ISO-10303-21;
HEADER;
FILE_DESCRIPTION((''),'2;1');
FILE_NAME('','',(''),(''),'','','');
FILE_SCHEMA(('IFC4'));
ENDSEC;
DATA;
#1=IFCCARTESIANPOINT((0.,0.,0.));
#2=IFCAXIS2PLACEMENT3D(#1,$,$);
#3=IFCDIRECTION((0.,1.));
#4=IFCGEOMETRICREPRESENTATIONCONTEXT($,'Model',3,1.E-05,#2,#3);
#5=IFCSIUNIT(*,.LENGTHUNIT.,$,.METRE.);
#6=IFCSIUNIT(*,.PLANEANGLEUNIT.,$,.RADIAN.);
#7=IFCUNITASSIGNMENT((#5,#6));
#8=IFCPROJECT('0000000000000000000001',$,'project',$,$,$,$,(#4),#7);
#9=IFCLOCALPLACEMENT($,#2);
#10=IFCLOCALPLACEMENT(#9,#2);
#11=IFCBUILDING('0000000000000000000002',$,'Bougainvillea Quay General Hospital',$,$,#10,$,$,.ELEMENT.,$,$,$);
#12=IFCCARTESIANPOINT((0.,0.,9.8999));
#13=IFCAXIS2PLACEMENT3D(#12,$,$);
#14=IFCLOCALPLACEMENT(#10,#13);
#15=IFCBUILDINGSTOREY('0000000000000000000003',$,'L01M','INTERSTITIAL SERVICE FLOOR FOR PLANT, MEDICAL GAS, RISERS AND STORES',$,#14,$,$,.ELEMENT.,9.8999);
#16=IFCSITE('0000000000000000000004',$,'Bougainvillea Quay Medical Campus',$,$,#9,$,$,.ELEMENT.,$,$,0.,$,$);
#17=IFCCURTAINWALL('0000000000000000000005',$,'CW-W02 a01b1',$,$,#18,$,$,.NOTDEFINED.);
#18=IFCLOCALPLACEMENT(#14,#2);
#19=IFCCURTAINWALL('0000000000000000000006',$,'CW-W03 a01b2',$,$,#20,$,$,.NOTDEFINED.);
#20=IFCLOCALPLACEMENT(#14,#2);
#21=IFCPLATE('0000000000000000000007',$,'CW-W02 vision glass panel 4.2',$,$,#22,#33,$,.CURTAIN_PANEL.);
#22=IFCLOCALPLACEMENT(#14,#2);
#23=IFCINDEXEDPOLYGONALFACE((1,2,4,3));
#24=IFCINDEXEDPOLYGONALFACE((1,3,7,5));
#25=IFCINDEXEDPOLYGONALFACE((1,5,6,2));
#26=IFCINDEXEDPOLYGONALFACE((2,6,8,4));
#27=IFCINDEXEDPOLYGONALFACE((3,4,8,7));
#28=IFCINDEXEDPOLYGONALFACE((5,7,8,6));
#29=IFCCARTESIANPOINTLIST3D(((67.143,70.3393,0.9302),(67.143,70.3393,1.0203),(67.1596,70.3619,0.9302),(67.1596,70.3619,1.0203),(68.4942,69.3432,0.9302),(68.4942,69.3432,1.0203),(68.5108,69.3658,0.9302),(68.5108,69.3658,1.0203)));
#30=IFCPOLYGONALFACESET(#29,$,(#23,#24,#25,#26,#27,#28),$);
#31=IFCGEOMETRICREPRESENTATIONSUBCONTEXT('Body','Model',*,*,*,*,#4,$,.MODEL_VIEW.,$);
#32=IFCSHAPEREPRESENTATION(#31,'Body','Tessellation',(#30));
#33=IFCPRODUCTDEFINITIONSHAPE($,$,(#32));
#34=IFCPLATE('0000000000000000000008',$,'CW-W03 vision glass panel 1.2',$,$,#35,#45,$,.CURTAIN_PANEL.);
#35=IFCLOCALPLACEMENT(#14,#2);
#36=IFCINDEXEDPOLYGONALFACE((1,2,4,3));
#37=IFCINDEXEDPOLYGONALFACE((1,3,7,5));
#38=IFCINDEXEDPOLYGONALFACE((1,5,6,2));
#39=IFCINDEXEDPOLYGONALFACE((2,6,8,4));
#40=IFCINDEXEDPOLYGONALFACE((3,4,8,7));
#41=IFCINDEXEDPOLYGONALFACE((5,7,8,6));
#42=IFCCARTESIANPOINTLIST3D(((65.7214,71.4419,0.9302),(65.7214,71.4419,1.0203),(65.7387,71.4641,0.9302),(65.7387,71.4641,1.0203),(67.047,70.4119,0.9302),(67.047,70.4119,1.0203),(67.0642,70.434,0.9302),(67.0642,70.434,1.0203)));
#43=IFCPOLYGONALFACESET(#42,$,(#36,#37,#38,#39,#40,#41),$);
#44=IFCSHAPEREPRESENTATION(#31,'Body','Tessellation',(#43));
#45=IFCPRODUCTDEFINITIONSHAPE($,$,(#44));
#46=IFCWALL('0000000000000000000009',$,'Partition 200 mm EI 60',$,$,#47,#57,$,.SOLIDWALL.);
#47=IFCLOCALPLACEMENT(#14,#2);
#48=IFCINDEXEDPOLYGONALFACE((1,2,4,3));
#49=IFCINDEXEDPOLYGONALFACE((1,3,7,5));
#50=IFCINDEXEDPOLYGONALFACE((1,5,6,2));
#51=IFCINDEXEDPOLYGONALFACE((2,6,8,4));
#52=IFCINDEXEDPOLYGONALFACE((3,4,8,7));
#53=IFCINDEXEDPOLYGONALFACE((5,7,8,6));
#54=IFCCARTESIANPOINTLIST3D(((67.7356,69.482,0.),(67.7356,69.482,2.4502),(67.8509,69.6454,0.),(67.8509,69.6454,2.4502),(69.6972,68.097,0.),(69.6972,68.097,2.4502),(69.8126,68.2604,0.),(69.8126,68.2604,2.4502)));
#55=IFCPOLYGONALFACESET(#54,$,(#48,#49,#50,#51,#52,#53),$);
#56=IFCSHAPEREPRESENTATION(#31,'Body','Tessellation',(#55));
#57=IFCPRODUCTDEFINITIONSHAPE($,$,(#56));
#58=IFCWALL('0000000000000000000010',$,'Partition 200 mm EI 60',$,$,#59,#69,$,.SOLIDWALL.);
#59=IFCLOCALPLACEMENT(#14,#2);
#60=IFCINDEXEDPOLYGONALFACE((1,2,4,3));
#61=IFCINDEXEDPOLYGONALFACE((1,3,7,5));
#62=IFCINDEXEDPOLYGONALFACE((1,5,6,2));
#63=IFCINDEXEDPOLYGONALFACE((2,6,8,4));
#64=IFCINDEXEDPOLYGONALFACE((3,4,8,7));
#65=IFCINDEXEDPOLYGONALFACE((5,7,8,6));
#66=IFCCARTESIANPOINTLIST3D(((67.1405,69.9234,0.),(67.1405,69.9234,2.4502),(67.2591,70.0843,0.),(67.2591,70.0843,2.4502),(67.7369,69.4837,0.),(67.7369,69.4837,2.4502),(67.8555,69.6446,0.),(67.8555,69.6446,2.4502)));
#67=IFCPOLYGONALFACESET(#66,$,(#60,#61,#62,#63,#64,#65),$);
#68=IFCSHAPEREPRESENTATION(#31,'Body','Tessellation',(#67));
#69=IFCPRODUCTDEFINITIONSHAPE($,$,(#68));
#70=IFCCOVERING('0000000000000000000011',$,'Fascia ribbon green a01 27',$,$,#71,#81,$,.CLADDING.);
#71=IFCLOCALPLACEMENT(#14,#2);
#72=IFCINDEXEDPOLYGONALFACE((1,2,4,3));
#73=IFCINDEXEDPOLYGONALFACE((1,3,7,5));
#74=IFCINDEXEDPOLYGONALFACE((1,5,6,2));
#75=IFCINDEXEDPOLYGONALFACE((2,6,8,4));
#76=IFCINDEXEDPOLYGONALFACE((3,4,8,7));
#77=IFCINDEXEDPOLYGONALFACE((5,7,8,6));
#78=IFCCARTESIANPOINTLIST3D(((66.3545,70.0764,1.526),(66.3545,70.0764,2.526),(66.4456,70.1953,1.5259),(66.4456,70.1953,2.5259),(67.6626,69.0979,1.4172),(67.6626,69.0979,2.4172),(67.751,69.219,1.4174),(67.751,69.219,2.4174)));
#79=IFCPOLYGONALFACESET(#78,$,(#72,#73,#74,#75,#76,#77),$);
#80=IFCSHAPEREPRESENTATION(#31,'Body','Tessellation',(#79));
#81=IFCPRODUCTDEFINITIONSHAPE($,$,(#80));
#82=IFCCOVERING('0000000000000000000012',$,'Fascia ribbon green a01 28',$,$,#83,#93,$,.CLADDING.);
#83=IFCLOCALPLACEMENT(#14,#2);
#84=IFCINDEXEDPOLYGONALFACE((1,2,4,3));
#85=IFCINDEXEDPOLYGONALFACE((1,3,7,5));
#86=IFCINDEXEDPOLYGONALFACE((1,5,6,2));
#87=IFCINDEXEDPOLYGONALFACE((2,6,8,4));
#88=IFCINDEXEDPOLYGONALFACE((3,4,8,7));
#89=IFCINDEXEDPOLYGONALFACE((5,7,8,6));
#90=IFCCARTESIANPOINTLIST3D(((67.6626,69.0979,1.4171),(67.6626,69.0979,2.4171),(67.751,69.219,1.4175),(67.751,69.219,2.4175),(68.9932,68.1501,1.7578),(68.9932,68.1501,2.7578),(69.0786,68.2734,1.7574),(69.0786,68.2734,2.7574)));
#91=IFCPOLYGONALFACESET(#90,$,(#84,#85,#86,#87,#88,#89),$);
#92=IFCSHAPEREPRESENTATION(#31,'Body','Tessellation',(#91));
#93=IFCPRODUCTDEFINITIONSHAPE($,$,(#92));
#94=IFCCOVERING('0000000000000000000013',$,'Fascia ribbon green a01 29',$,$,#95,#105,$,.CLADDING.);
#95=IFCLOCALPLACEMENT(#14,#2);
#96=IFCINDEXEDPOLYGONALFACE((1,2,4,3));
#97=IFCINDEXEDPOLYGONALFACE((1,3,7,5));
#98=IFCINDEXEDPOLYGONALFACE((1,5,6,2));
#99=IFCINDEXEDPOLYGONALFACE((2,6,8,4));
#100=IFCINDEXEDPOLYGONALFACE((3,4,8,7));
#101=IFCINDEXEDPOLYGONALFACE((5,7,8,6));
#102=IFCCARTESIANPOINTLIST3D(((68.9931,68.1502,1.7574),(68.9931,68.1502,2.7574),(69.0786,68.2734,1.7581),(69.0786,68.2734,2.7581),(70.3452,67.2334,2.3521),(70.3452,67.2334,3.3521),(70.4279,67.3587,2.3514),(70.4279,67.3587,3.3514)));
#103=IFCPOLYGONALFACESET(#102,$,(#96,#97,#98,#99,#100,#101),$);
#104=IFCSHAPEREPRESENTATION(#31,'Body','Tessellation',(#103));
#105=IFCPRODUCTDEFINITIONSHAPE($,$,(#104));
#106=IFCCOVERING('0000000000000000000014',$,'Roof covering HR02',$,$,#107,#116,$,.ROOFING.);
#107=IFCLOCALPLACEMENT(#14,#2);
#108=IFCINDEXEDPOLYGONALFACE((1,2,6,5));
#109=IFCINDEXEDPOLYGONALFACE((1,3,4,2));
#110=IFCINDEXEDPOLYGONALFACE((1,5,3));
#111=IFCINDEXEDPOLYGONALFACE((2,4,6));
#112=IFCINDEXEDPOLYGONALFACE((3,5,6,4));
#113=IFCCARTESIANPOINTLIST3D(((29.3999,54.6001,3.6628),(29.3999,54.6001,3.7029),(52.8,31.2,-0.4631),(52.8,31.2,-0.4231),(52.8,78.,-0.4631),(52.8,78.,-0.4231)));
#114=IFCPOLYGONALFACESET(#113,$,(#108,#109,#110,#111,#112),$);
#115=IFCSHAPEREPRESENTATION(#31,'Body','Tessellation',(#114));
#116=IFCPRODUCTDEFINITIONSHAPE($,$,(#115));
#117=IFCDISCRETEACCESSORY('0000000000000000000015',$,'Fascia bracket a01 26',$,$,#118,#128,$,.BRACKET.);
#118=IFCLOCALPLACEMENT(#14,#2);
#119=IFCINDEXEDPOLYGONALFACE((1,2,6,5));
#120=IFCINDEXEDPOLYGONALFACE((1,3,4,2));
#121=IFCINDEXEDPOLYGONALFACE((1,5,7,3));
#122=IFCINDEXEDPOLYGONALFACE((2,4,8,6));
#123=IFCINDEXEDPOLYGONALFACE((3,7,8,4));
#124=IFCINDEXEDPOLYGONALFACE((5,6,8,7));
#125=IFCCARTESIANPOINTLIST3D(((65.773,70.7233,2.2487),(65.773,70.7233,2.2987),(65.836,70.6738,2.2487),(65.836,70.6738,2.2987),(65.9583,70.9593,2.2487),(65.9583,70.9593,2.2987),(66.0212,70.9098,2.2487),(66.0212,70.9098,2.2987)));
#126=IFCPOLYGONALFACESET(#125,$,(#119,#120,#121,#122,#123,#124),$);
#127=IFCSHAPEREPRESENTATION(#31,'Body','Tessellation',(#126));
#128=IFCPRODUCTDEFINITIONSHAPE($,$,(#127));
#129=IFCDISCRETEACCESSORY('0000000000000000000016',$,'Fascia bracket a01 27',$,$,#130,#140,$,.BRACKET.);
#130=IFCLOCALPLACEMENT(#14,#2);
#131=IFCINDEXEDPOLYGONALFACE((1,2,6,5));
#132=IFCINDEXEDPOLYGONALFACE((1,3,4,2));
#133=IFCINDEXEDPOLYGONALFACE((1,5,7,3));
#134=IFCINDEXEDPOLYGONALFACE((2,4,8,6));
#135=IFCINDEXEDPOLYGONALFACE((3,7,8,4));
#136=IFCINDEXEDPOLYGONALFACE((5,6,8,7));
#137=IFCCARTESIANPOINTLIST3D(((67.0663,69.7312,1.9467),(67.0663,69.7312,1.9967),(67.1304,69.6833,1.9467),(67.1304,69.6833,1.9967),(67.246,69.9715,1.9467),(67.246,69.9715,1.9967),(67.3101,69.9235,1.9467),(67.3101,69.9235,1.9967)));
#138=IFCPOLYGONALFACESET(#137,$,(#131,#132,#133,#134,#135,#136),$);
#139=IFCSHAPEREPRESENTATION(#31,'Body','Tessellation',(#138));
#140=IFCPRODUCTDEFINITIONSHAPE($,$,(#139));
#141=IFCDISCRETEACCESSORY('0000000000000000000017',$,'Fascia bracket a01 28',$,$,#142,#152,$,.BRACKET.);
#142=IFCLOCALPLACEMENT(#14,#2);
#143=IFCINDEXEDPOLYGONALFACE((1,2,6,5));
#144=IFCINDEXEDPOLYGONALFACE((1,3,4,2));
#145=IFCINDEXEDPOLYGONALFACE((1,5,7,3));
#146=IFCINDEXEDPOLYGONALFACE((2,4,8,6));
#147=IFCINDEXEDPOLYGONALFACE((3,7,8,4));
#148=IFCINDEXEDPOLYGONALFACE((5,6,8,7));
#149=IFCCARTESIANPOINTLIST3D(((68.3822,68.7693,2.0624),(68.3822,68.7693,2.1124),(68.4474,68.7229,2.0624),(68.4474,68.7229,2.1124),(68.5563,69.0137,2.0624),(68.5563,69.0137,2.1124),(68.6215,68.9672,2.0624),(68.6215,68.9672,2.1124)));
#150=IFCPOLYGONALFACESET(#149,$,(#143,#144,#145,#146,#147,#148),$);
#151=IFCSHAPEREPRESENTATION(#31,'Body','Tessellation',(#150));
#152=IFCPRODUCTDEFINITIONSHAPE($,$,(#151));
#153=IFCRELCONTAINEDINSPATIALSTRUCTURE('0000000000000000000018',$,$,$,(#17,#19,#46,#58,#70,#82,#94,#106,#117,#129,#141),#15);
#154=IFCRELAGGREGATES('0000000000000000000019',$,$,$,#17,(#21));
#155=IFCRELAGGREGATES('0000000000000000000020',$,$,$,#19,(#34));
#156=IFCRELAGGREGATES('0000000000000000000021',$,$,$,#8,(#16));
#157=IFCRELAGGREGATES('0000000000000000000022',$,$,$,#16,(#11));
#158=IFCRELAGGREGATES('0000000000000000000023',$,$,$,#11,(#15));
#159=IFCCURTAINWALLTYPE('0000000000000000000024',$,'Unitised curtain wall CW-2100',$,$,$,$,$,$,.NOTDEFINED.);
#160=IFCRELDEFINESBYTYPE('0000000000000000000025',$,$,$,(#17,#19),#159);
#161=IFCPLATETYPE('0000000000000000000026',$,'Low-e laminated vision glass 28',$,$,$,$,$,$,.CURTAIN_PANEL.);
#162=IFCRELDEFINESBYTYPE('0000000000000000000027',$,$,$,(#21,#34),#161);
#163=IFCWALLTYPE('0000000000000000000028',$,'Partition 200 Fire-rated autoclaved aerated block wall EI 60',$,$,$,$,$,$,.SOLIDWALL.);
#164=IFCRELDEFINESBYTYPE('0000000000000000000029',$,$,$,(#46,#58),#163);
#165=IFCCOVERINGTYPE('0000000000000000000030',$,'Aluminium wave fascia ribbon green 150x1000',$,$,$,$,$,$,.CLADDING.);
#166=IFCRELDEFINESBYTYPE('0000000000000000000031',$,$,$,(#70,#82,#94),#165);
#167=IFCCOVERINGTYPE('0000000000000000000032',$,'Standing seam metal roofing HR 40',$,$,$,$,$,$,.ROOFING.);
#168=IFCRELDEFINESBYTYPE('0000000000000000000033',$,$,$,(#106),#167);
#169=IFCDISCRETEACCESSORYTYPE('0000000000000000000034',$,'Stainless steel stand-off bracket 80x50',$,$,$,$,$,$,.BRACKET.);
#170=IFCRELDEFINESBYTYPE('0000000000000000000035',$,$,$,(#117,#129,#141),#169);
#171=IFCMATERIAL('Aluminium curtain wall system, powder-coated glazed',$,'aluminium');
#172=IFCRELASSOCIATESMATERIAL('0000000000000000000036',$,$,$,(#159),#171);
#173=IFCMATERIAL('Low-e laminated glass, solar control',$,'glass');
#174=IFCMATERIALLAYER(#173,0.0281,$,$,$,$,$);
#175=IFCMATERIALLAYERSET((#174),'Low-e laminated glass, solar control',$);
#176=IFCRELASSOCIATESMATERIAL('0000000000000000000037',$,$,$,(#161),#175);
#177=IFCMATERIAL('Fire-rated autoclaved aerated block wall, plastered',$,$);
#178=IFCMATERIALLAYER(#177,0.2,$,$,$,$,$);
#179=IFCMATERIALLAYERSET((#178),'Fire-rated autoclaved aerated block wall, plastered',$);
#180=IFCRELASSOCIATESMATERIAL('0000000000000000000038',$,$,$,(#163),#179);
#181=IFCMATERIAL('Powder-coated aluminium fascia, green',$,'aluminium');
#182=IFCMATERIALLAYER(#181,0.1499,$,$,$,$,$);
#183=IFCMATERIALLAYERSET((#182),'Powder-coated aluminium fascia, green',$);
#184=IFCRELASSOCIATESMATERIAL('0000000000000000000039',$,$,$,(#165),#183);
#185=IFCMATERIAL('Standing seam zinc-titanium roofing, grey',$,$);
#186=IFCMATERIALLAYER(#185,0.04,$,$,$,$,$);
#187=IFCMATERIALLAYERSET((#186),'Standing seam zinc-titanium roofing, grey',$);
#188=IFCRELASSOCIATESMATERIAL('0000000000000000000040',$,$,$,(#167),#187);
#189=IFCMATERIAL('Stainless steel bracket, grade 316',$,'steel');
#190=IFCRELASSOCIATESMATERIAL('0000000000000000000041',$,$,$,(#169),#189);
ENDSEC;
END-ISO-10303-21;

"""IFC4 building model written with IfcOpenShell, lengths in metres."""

from ifc_helpers import new_model, si_unit, direction, frame, frame_2d, origin, origin_2d, place, context, subcontext, project, spatial, polyline, rectangle, outline, extrude, material, layer, layer_set, material_profile, profile_set, type_object, element, aggregate, save


model = new_model("IFC4")

# Units and contexts
model_context = context("Model", 3, precision=1e-05, world=origin(), true_north=direction((0.0, 1.0)))
body_context = subcontext(model_context, "Body", "Model", "MODEL_VIEW")
ifc_project = project(units=[si_unit("LENGTHUNIT", "METRE"), si_unit("PLANEANGLEUNIT", "RADIAN")], contexts=[model_context])

# Site, building, storey
site_placement = place(None, origin())
site = spatial("IfcSite", under=ifc_project, at=site_placement, Name="Bougainvillea Quay Medical Campus", CompositionType="ELEMENT", RefElevation=0.0)
building_placement = place(site_placement, origin())
building = spatial("IfcBuilding", under=site, at=building_placement, Name="Bougainvillea Quay General Hospital", CompositionType="ELEMENT")
storey_placement = place(building_placement, frame((0.0, 0.0, 9.8999)))
storey = spatial("IfcBuildingStorey", under=building, at=storey_placement, Name="L01M", Description="INTERSTITIAL SERVICE FLOOR FOR PLANT, MEDICAL GAS, RISERS AND STORES", CompositionType="ELEMENT", Elevation=9.8999)

# Curtain wall
ifc_material_1 = material(Name="Aluminium curtain wall system, powder-coated glazed", Category="aluminium")
curtain_wall_type = type_object("IfcCurtainWallType", Name="Unitised curtain wall CW-2100", PredefinedType="NOTDEFINED", material=ifc_material_1)
curtain_wall_1_placement = place(storey_placement, origin())
curtain_wall_1 = element("IfcCurtainWall", 1, at=curtain_wall_1_placement, inside=storey, type_object=curtain_wall_type, Name="CW-W02 a01b1", PredefinedType="NOTDEFINED")

# Curtain wall
curtain_wall_2_placement = place(storey_placement, origin())
curtain_wall_2 = element("IfcCurtainWall", 2, at=curtain_wall_2_placement, inside=storey, type_object=curtain_wall_type, Name="CW-W03 a01b2", PredefinedType="NOTDEFINED")

# Plates
ifc_material_2 = material(Name="Low-e laminated glass, solar control", Category="glass")
ifc_layer_1 = layer(ifc_material_2, 0.0281)
ifc_layer_set_1 = layer_set([ifc_layer_1], Name="Low-e laminated glass, solar control")
plate_type_1 = type_object("IfcPlateType", Name="Low-e laminated vision glass 28", PredefinedType="CURTAIN_PANEL", material=ifc_layer_set_1)
plate_1_placement = place(storey_placement, frame((67.8269, 69.8525, 0.9302), z_axis=(0.0, 0.0, 1.0), x_axis=(-0.80492, 0.593384, 0.0)))
plate_1 = element("IfcPlate", 3, at=plate_1_placement, type_object=plate_type_1, Name="CW-W02 vision glass panel 4.2", PredefinedType="CURTAIN_PANEL", context=body_context, shape_type="SweptSolid", body=[
    extrude(rectangle(XDim=1.6787, YDim=0.0281, at=origin_2d()), origin(), (0.0, 0.0, 1.0), 0.0901),
])
aggregate(curtain_wall_1, [plate_1])
plate_2_placement = place(storey_placement, frame((66.3928, 70.938, 0.9302), z_axis=(0.0, 0.0, 1.0), x_axis=(-0.789614, 0.613603, 0.0)))
plate_2 = element("IfcPlate", 4, at=plate_2_placement, type_object=plate_type_1, Name="CW-W03 vision glass panel 1.2", PredefinedType="CURTAIN_PANEL", context=body_context, shape_type="SweptSolid", body=[
    extrude(rectangle(XDim=1.6787, YDim=0.0281, at=origin_2d()), origin(), (0.0, 0.0, 1.0), 0.0901),
])
aggregate(curtain_wall_2, [plate_2])

# Walls
ifc_material_3 = material(Name="Fire-rated autoclaved aerated block wall, plastered")
ifc_layer_2 = layer(ifc_material_3, 0.2)
ifc_layer_set_2 = layer_set([ifc_layer_2], Name="Fire-rated autoclaved aerated block wall, plastered")
wall_type = type_object("IfcWallType", Name="Partition 200 Fire-rated autoclaved aerated block wall EI 60", PredefinedType="SOLIDWALL", material=ifc_layer_set_2)
wall_1_placement = place(storey_placement, frame((67.7932, 69.5637, 0.0), z_axis=(0.0, 0.0, 1.0), x_axis=(0.816909, -0.576767, 0.0)))
element("IfcWall", 5, at=wall_1_placement, inside=storey, type_object=wall_type, Name="Partition 200 mm EI 60", PredefinedType="SOLIDWALL", context=body_context, shape_type="SweptSolid", body=[
    extrude(rectangle(XDim=2.4014, YDim=0.2, at=frame_2d((1.2007, 0.0))), origin(), (0.0, 0.0, 1.0), 2.4502),
])
wall_2_placement = place(storey_placement, frame((67.1997, 70.0039, 0.0), z_axis=(0.0, 0.0, 1.0), x_axis=(0.804915, -0.59339, 0.0)))
element("IfcWall", 6, at=wall_2_placement, inside=storey, type_object=wall_type, Name="Partition 200 mm EI 60", PredefinedType="SOLIDWALL", context=body_context, shape_type="SweptSolid", body=[
    extrude(rectangle(XDim=0.741, YDim=0.2, at=frame_2d((0.3706, 0.0))), origin(), (0.0, 0.0, 1.0), 2.4502),
])

# Coverings
ifc_material_4 = material(Name="Powder-coated aluminium fascia, green", Category="aluminium")
ifc_layer_3 = layer(ifc_material_4, 0.1499)
ifc_layer_set_3 = layer_set([ifc_layer_3], Name="Powder-coated aluminium fascia, green")
covering_type_1 = type_object("IfcCoveringType", Name="Aluminium wave fascia ribbon green 150x1000", PredefinedType="CLADDING", material=ifc_layer_set_3)
covering_1_placement = place(storey_placement, frame((66.4456, 70.1953, 1.5259), z_axis=(0.053201, -0.039779, 0.997791), x_axis=(0.799039, -0.597598, -0.066429)))
element("IfcCovering", 7, at=covering_1_placement, inside=storey, type_object=covering_type_1, Name="Fascia ribbon green a01 27", PredefinedType="CLADDING", context=body_context, shape_type="SweptSolid", body=[
    extrude(outline(polyline([(0.0, 0.0), (1.6337, 0.0), (1.6355, -0.1499), (-0.0017, -0.1498), (0.0, 0.0)])), origin(), (-0.066429, -0.000008, 0.997791), 1.0),
])
covering_2_placement = place(storey_placement, frame((67.751, 69.219, 1.4175), z_axis=(-0.166378, 0.118343, 0.978935), x_axis=(0.797374, -0.567898, 0.204173)))
element("IfcCovering", 8, at=covering_2_placement, inside=storey, type_object=covering_type_1, Name="Fascia ribbon green a01 28", PredefinedType="CLADDING", context=body_context, shape_type="SweptSolid", body=[
    extrude(outline(polyline([(0.0, 0.0), (1.665, 0.0), (1.667, -0.15), (-0.0018, -0.1499), (0.0, 0.0)])), origin(), (0.204173, 0.000122, 0.978935), 1.0),
])
covering_3_placement = place(storey_placement, frame((69.0786, 68.2734, 1.7581), z_axis=(-0.283259, 0.191715, 0.939686), x_axis=(0.777794, -0.527301, 0.342039)))
element("IfcCovering", 9, at=covering_3_placement, inside=storey, type_object=covering_type_1, Name="Fascia ribbon green a01 29", PredefinedType="CLADDING", context=body_context, shape_type="SweptSolid", body=[
    extrude(outline(polyline([(0.0, 0.0), (1.7348, 0.0), (1.7367, -0.1501), (-0.0017, -0.15), (0.0, 0.0)])), origin(), (0.342039, 0.000248, 0.939686), 1.0),
])
ifc_material_5 = material(Name="Standing seam zinc-titanium roofing, grey")
ifc_layer_4 = layer(ifc_material_5, 0.04)
ifc_layer_set_4 = layer_set([ifc_layer_4], Name="Standing seam zinc-titanium roofing, grey")
covering_type_2 = type_object("IfcCoveringType", Name="Standing seam metal roofing HR 40", PredefinedType="ROOFING", material=ifc_layer_set_4)
covering_4_placement = place(storey_placement, frame((52.8, 31.2, -0.4231), z_axis=(0.173644, 0.0, 0.984808), x_axis=(0.0, 1.0, 0.0)))
element("IfcCovering", 10, at=covering_4_placement, inside=storey, type_object=covering_type_2, Name="Roof covering HR02", PredefinedType="ROOFING", context=body_context, shape_type="SweptSolid", body=[
    extrude(outline(polyline([(0.0, 0.0), (46.8, 0.0), (23.4001, 23.7611), (0.0, 0.0)])), origin(), (0.0, -0.173644, -0.984808), 0.04),
])

# Discrete accessories
ifc_material_6 = material(Name="Stainless steel bracket, grade 316", Category="steel")
ifc_material_profile_1 = material_profile(ifc_material_6, rectangle(XDim=0.0801, YDim=0.05, at=origin_2d()))
ifc_profile_set_1 = profile_set([ifc_material_profile_1], Name="Stainless steel bracket, grade 316")
discrete_accessory_type = type_object("IfcDiscreteAccessoryType", Name="Stainless steel stand-off bracket 80x50", PredefinedType="BRACKET", material=ifc_profile_set_1)
for number, where, z_axis, x_axis, name in (
    (11, (65.9897, 70.9346, 2.2737), (-0.617426, -0.786629, 0.0), (0.786629, -0.617426, 0.0), "Fascia bracket a01 26"),
    (12, (67.2781, 69.9475, 1.9717), (-0.598958, -0.800781, 0.0), (0.800781, -0.598958, 0.0), "Fascia bracket a01 27"),
    (13, (68.5889, 68.9905, 2.0874), (-0.58016, -0.814502, 0.0), (0.814502, -0.58016, 0.0), "Fascia bracket a01 28"),
):
    element("IfcDiscreteAccessory", number, at=place(storey_placement, frame(where, z_axis=z_axis, x_axis=x_axis)), inside=storey, type_object=discrete_accessory_type, Name=name, PredefinedType="BRACKET", context=body_context, shape_type="SweptSolid", body=[
        extrude(rectangle(XDim=0.0801, YDim=0.05, at=origin_2d()), origin(), (0.0, 0.0, 1.0), 0.3),
    ])

save(model, "model.ifc")
